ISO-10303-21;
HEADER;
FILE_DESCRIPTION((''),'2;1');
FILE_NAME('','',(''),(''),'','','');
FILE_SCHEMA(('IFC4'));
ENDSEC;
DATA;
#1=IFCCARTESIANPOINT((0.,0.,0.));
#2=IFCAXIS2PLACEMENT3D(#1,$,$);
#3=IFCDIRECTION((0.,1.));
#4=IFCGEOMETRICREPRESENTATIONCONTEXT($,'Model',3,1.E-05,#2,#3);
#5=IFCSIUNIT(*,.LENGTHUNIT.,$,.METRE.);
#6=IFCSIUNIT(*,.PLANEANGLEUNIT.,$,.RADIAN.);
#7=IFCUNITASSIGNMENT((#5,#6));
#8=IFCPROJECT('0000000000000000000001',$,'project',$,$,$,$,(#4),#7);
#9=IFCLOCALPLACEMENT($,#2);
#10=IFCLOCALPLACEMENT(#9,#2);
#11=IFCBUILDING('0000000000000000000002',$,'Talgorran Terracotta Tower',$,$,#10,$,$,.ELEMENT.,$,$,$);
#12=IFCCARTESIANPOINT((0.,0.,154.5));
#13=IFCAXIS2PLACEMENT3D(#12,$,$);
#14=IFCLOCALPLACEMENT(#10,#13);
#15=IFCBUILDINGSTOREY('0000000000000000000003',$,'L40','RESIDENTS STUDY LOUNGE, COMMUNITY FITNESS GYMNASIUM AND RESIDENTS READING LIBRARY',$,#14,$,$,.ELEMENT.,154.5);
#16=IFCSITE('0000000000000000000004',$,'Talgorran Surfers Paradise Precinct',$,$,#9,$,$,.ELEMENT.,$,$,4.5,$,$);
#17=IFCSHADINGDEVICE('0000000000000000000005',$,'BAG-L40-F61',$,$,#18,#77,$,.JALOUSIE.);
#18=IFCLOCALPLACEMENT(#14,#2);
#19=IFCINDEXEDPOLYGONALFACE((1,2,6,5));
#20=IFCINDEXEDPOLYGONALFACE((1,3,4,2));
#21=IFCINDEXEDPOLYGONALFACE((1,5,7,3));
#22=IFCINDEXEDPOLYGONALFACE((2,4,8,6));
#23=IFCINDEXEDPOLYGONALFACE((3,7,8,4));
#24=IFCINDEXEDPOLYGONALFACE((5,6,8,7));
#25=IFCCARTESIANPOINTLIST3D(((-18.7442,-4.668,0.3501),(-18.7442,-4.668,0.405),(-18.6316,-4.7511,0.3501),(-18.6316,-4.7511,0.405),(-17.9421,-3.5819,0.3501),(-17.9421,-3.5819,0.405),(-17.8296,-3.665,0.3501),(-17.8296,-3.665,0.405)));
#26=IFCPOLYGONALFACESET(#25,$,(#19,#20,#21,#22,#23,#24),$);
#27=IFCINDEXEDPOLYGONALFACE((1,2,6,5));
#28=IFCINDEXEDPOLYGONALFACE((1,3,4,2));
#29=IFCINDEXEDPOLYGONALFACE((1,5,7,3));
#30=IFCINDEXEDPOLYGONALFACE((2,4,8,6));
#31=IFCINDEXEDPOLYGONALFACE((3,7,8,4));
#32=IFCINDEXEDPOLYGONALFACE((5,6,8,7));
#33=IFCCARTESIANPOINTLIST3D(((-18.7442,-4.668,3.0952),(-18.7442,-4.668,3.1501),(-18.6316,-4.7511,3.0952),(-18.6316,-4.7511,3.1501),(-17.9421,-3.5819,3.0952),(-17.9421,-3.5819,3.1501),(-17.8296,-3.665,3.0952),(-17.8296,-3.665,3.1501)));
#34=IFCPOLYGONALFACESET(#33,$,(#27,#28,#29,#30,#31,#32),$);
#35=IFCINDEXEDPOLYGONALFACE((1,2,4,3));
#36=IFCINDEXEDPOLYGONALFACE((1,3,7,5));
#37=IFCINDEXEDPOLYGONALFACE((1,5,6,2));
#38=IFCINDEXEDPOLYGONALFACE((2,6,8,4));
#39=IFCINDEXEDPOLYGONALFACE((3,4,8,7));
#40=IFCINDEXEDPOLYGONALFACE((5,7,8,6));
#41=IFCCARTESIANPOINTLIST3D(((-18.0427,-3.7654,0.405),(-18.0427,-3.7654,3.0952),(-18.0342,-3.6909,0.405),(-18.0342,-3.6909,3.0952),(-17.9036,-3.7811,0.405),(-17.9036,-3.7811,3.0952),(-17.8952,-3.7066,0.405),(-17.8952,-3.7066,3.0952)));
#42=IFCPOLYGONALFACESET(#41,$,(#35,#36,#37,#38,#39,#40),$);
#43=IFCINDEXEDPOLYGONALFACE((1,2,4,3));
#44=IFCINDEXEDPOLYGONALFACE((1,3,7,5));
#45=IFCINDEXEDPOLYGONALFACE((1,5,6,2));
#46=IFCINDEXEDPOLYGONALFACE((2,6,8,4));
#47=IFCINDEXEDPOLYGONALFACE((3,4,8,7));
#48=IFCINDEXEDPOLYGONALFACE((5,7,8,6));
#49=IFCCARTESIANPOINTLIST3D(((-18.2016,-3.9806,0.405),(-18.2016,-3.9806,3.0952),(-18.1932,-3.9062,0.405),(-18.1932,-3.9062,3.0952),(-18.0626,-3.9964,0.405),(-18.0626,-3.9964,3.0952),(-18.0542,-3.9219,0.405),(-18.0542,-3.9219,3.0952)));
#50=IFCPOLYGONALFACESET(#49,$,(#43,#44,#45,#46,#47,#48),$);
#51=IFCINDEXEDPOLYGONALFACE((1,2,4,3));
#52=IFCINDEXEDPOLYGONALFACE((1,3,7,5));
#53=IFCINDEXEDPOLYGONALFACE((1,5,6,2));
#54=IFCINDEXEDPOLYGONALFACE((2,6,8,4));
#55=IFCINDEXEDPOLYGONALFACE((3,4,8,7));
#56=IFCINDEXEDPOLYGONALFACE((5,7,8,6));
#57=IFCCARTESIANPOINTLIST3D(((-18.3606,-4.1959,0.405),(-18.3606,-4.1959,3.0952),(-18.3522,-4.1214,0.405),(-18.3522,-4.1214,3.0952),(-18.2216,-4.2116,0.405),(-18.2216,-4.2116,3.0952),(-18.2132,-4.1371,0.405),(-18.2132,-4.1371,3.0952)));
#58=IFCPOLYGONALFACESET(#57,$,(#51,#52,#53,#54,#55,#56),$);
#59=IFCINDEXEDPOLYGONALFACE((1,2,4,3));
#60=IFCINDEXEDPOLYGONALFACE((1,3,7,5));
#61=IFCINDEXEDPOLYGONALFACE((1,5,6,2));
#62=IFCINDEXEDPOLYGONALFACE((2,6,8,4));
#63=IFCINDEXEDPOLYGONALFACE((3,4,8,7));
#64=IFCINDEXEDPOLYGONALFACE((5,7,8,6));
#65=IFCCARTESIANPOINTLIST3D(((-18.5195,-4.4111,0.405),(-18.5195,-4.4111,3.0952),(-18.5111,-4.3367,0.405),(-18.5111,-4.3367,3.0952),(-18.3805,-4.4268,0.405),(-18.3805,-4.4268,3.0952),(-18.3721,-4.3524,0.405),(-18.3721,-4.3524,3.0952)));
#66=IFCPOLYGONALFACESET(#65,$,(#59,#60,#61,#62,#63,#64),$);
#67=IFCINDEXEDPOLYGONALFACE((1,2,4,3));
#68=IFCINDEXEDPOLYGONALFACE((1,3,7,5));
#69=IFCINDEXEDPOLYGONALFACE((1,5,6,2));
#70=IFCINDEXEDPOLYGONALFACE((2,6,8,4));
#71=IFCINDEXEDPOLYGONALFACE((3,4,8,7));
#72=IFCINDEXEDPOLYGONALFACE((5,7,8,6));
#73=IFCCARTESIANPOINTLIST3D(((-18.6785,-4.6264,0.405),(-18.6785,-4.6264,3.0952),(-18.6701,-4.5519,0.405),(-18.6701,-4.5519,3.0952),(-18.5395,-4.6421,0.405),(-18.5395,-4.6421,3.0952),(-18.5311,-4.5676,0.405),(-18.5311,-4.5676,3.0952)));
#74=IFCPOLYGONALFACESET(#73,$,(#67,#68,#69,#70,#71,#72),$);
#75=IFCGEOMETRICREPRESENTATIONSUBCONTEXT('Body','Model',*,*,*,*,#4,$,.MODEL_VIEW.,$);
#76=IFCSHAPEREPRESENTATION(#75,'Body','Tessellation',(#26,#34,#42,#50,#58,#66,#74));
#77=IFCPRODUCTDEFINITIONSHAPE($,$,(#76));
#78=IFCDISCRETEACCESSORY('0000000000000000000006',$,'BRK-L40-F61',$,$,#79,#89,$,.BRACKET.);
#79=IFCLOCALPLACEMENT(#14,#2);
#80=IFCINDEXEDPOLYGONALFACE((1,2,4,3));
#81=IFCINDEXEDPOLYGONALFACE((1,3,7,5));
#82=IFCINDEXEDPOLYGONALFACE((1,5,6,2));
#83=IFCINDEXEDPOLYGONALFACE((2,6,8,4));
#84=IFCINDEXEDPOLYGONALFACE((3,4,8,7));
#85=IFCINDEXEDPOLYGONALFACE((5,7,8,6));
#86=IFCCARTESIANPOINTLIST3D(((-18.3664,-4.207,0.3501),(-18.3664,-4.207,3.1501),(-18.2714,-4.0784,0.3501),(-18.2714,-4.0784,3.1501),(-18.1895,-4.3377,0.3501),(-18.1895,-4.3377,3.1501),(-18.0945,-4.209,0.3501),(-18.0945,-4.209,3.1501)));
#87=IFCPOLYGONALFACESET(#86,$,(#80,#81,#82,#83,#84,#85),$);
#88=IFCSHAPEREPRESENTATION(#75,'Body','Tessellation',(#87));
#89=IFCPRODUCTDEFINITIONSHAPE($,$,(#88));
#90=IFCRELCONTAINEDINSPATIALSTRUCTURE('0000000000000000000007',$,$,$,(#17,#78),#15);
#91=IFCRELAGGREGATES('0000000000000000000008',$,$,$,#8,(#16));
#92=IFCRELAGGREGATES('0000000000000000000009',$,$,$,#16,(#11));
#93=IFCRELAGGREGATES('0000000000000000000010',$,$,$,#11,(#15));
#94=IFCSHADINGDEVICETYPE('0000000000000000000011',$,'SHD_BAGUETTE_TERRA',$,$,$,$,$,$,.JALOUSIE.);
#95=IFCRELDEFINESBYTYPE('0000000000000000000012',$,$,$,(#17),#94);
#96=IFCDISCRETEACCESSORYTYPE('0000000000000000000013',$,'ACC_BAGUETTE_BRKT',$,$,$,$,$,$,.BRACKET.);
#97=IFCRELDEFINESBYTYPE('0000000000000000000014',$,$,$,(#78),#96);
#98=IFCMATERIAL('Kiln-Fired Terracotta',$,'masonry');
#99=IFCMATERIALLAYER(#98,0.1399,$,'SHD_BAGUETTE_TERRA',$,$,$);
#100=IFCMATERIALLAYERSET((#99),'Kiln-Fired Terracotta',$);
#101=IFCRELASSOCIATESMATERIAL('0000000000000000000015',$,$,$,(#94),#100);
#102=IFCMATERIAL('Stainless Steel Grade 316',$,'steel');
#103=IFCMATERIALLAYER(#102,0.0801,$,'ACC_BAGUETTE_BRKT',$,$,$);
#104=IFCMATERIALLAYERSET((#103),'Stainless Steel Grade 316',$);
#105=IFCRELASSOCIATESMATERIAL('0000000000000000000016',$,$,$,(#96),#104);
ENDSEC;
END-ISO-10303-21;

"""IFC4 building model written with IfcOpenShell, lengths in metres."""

from ifc_helpers import new_model, si_unit, direction, frame, origin, origin_2d, place, context, subcontext, project, spatial, rectangle, extrude, source, transform, mapped, material, layer, layer_set, type_object, type_shapes, element, save


model = new_model("IFC4")

# Units and contexts
model_context = context("Model", 3, precision=1e-05, world=origin(), true_north=direction((0.0, 1.0)))
body_context = subcontext(model_context, "Body", "Model", "MODEL_VIEW")
ifc_project = project(units=[si_unit("LENGTHUNIT", "METRE"), si_unit("PLANEANGLEUNIT", "RADIAN")], contexts=[model_context])

# Site, building, storey
site_placement = place(None, origin())
site = spatial("IfcSite", under=ifc_project, at=site_placement, Name="Talgorran Surfers Paradise Precinct", CompositionType="ELEMENT", RefElevation=4.5)
building_placement = place(site_placement, origin())
building = spatial("IfcBuilding", under=site, at=building_placement, Name="Talgorran Terracotta Tower", CompositionType="ELEMENT")
storey_placement = place(building_placement, frame((0.0, 0.0, 154.5)))
storey = spatial("IfcBuildingStorey", under=building, at=storey_placement, Name="L40", Description="RESIDENTS STUDY LOUNGE, COMMUNITY FITNESS GYMNASIUM AND RESIDENTS READING LIBRARY", CompositionType="ELEMENT", Elevation=154.5)

# Shading device
ifc_material_1 = material(Name="Kiln-Fired Terracotta", Category="masonry")
ifc_layer_1 = layer(ifc_material_1, 0.1399, Name="SHD_BAGUETTE_TERRA")
ifc_layer_set_1 = layer_set([ifc_layer_1], Name="Kiln-Fired Terracotta")
shading_device_type = type_object("IfcShadingDeviceType", Name="SHD_BAGUETTE_TERRA", PredefinedType="JALOUSIE", material=ifc_layer_set_1)
shared_shape_1 = source(origin(), body_context, "Body", "SweptSolid", [
    extrude(rectangle(XDim=1.3501, YDim=0.1399, at=origin_2d()), origin(), (0.0, 0.0, 1.0), 0.0549),
    extrude(rectangle(XDim=1.3501, YDim=0.1399, at=origin_2d()), frame((0.0, 0.0, 2.7451)), (0.0, 0.0, 1.0), 0.0549),
    extrude(rectangle(XDim=0.075, YDim=0.1399, at=origin_2d()), frame((-0.5352, 0.0, 0.0549), z_axis=(0.0, 0.0, 1.0), x_axis=(0.866025, 0.5, 0.0)), (0.0, 0.0, 1.0), 2.6902),
    extrude(rectangle(XDim=0.075, YDim=0.1399, at=origin_2d()), frame((-0.2676, 0.0, 0.0549), z_axis=(0.0, 0.0, 1.0), x_axis=(0.866025, 0.5, 0.0)), (0.0, 0.0, 1.0), 2.6902),
    extrude(rectangle(XDim=0.075, YDim=0.1399, at=origin_2d()), frame((0.0, 0.0, 0.0549), z_axis=(0.0, 0.0, 1.0), x_axis=(0.866025, 0.5, 0.0)), (0.0, 0.0, 1.0), 2.6902),
    extrude(rectangle(XDim=0.075, YDim=0.1399, at=origin_2d()), frame((0.2676, 0.0, 0.0549), z_axis=(0.0, 0.0, 1.0), x_axis=(0.866025, 0.5, 0.0)), (0.0, 0.0, 1.0), 2.6902),
    extrude(rectangle(XDim=0.075, YDim=0.1399, at=origin_2d()), frame((0.5352, 0.0, 0.0549), z_axis=(0.0, 0.0, 1.0), x_axis=(0.866025, 0.5, 0.0)), (0.0, 0.0, 1.0), 2.6902),
])
type_shapes(shading_device_type, [shared_shape_1])
shading_device_placement = place(storey_placement, frame((-18.2869, -4.1665, 0.3501), z_axis=(0.0, 0.0, 1.0), x_axis=(-0.594079, -0.804407, 0.0)))
element("IfcShadingDevice", 1, at=shading_device_placement, inside=storey, type_object=shading_device_type, Name="BAG-L40-F61", PredefinedType="JALOUSIE", context=body_context, shape_type="MappedRepresentation", body=[
    mapped(shared_shape_1, transform((0.0, 0.0, 0.0), scale=1.0)),
])

# Discrete accessory
ifc_material_2 = material(Name="Stainless Steel Grade 316", Category="steel")
ifc_layer_2 = layer(ifc_material_2, 0.0801, Name="ACC_BAGUETTE_BRKT")
ifc_layer_set_2 = layer_set([ifc_layer_2], Name="Stainless Steel Grade 316")
discrete_accessory_type = type_object("IfcDiscreteAccessoryType", Name="ACC_BAGUETTE_BRKT", PredefinedType="BRACKET", material=ifc_layer_set_2)
shared_shape_2 = source(origin(), body_context, "Body", "SweptSolid", [
    extrude(rectangle(XDim=0.1599, YDim=0.22, at=origin_2d()), origin(), (0.0, 0.0, 1.0), 2.8),
])
type_shapes(discrete_accessory_type, [shared_shape_2])
discrete_accessory_placement = place(storey_placement, frame((-18.2305, -4.208, 0.3501), z_axis=(0.0, 0.0, 1.0), x_axis=(-0.594079, -0.804407, 0.0)))
element("IfcDiscreteAccessory", 2, at=discrete_accessory_placement, inside=storey, type_object=discrete_accessory_type, Name="BRK-L40-F61", PredefinedType="BRACKET", context=body_context, shape_type="MappedRepresentation", body=[
    mapped(shared_shape_2, transform((0.0, 0.0, 0.0), scale=1.0)),
])

save(model, "model.ifc")
